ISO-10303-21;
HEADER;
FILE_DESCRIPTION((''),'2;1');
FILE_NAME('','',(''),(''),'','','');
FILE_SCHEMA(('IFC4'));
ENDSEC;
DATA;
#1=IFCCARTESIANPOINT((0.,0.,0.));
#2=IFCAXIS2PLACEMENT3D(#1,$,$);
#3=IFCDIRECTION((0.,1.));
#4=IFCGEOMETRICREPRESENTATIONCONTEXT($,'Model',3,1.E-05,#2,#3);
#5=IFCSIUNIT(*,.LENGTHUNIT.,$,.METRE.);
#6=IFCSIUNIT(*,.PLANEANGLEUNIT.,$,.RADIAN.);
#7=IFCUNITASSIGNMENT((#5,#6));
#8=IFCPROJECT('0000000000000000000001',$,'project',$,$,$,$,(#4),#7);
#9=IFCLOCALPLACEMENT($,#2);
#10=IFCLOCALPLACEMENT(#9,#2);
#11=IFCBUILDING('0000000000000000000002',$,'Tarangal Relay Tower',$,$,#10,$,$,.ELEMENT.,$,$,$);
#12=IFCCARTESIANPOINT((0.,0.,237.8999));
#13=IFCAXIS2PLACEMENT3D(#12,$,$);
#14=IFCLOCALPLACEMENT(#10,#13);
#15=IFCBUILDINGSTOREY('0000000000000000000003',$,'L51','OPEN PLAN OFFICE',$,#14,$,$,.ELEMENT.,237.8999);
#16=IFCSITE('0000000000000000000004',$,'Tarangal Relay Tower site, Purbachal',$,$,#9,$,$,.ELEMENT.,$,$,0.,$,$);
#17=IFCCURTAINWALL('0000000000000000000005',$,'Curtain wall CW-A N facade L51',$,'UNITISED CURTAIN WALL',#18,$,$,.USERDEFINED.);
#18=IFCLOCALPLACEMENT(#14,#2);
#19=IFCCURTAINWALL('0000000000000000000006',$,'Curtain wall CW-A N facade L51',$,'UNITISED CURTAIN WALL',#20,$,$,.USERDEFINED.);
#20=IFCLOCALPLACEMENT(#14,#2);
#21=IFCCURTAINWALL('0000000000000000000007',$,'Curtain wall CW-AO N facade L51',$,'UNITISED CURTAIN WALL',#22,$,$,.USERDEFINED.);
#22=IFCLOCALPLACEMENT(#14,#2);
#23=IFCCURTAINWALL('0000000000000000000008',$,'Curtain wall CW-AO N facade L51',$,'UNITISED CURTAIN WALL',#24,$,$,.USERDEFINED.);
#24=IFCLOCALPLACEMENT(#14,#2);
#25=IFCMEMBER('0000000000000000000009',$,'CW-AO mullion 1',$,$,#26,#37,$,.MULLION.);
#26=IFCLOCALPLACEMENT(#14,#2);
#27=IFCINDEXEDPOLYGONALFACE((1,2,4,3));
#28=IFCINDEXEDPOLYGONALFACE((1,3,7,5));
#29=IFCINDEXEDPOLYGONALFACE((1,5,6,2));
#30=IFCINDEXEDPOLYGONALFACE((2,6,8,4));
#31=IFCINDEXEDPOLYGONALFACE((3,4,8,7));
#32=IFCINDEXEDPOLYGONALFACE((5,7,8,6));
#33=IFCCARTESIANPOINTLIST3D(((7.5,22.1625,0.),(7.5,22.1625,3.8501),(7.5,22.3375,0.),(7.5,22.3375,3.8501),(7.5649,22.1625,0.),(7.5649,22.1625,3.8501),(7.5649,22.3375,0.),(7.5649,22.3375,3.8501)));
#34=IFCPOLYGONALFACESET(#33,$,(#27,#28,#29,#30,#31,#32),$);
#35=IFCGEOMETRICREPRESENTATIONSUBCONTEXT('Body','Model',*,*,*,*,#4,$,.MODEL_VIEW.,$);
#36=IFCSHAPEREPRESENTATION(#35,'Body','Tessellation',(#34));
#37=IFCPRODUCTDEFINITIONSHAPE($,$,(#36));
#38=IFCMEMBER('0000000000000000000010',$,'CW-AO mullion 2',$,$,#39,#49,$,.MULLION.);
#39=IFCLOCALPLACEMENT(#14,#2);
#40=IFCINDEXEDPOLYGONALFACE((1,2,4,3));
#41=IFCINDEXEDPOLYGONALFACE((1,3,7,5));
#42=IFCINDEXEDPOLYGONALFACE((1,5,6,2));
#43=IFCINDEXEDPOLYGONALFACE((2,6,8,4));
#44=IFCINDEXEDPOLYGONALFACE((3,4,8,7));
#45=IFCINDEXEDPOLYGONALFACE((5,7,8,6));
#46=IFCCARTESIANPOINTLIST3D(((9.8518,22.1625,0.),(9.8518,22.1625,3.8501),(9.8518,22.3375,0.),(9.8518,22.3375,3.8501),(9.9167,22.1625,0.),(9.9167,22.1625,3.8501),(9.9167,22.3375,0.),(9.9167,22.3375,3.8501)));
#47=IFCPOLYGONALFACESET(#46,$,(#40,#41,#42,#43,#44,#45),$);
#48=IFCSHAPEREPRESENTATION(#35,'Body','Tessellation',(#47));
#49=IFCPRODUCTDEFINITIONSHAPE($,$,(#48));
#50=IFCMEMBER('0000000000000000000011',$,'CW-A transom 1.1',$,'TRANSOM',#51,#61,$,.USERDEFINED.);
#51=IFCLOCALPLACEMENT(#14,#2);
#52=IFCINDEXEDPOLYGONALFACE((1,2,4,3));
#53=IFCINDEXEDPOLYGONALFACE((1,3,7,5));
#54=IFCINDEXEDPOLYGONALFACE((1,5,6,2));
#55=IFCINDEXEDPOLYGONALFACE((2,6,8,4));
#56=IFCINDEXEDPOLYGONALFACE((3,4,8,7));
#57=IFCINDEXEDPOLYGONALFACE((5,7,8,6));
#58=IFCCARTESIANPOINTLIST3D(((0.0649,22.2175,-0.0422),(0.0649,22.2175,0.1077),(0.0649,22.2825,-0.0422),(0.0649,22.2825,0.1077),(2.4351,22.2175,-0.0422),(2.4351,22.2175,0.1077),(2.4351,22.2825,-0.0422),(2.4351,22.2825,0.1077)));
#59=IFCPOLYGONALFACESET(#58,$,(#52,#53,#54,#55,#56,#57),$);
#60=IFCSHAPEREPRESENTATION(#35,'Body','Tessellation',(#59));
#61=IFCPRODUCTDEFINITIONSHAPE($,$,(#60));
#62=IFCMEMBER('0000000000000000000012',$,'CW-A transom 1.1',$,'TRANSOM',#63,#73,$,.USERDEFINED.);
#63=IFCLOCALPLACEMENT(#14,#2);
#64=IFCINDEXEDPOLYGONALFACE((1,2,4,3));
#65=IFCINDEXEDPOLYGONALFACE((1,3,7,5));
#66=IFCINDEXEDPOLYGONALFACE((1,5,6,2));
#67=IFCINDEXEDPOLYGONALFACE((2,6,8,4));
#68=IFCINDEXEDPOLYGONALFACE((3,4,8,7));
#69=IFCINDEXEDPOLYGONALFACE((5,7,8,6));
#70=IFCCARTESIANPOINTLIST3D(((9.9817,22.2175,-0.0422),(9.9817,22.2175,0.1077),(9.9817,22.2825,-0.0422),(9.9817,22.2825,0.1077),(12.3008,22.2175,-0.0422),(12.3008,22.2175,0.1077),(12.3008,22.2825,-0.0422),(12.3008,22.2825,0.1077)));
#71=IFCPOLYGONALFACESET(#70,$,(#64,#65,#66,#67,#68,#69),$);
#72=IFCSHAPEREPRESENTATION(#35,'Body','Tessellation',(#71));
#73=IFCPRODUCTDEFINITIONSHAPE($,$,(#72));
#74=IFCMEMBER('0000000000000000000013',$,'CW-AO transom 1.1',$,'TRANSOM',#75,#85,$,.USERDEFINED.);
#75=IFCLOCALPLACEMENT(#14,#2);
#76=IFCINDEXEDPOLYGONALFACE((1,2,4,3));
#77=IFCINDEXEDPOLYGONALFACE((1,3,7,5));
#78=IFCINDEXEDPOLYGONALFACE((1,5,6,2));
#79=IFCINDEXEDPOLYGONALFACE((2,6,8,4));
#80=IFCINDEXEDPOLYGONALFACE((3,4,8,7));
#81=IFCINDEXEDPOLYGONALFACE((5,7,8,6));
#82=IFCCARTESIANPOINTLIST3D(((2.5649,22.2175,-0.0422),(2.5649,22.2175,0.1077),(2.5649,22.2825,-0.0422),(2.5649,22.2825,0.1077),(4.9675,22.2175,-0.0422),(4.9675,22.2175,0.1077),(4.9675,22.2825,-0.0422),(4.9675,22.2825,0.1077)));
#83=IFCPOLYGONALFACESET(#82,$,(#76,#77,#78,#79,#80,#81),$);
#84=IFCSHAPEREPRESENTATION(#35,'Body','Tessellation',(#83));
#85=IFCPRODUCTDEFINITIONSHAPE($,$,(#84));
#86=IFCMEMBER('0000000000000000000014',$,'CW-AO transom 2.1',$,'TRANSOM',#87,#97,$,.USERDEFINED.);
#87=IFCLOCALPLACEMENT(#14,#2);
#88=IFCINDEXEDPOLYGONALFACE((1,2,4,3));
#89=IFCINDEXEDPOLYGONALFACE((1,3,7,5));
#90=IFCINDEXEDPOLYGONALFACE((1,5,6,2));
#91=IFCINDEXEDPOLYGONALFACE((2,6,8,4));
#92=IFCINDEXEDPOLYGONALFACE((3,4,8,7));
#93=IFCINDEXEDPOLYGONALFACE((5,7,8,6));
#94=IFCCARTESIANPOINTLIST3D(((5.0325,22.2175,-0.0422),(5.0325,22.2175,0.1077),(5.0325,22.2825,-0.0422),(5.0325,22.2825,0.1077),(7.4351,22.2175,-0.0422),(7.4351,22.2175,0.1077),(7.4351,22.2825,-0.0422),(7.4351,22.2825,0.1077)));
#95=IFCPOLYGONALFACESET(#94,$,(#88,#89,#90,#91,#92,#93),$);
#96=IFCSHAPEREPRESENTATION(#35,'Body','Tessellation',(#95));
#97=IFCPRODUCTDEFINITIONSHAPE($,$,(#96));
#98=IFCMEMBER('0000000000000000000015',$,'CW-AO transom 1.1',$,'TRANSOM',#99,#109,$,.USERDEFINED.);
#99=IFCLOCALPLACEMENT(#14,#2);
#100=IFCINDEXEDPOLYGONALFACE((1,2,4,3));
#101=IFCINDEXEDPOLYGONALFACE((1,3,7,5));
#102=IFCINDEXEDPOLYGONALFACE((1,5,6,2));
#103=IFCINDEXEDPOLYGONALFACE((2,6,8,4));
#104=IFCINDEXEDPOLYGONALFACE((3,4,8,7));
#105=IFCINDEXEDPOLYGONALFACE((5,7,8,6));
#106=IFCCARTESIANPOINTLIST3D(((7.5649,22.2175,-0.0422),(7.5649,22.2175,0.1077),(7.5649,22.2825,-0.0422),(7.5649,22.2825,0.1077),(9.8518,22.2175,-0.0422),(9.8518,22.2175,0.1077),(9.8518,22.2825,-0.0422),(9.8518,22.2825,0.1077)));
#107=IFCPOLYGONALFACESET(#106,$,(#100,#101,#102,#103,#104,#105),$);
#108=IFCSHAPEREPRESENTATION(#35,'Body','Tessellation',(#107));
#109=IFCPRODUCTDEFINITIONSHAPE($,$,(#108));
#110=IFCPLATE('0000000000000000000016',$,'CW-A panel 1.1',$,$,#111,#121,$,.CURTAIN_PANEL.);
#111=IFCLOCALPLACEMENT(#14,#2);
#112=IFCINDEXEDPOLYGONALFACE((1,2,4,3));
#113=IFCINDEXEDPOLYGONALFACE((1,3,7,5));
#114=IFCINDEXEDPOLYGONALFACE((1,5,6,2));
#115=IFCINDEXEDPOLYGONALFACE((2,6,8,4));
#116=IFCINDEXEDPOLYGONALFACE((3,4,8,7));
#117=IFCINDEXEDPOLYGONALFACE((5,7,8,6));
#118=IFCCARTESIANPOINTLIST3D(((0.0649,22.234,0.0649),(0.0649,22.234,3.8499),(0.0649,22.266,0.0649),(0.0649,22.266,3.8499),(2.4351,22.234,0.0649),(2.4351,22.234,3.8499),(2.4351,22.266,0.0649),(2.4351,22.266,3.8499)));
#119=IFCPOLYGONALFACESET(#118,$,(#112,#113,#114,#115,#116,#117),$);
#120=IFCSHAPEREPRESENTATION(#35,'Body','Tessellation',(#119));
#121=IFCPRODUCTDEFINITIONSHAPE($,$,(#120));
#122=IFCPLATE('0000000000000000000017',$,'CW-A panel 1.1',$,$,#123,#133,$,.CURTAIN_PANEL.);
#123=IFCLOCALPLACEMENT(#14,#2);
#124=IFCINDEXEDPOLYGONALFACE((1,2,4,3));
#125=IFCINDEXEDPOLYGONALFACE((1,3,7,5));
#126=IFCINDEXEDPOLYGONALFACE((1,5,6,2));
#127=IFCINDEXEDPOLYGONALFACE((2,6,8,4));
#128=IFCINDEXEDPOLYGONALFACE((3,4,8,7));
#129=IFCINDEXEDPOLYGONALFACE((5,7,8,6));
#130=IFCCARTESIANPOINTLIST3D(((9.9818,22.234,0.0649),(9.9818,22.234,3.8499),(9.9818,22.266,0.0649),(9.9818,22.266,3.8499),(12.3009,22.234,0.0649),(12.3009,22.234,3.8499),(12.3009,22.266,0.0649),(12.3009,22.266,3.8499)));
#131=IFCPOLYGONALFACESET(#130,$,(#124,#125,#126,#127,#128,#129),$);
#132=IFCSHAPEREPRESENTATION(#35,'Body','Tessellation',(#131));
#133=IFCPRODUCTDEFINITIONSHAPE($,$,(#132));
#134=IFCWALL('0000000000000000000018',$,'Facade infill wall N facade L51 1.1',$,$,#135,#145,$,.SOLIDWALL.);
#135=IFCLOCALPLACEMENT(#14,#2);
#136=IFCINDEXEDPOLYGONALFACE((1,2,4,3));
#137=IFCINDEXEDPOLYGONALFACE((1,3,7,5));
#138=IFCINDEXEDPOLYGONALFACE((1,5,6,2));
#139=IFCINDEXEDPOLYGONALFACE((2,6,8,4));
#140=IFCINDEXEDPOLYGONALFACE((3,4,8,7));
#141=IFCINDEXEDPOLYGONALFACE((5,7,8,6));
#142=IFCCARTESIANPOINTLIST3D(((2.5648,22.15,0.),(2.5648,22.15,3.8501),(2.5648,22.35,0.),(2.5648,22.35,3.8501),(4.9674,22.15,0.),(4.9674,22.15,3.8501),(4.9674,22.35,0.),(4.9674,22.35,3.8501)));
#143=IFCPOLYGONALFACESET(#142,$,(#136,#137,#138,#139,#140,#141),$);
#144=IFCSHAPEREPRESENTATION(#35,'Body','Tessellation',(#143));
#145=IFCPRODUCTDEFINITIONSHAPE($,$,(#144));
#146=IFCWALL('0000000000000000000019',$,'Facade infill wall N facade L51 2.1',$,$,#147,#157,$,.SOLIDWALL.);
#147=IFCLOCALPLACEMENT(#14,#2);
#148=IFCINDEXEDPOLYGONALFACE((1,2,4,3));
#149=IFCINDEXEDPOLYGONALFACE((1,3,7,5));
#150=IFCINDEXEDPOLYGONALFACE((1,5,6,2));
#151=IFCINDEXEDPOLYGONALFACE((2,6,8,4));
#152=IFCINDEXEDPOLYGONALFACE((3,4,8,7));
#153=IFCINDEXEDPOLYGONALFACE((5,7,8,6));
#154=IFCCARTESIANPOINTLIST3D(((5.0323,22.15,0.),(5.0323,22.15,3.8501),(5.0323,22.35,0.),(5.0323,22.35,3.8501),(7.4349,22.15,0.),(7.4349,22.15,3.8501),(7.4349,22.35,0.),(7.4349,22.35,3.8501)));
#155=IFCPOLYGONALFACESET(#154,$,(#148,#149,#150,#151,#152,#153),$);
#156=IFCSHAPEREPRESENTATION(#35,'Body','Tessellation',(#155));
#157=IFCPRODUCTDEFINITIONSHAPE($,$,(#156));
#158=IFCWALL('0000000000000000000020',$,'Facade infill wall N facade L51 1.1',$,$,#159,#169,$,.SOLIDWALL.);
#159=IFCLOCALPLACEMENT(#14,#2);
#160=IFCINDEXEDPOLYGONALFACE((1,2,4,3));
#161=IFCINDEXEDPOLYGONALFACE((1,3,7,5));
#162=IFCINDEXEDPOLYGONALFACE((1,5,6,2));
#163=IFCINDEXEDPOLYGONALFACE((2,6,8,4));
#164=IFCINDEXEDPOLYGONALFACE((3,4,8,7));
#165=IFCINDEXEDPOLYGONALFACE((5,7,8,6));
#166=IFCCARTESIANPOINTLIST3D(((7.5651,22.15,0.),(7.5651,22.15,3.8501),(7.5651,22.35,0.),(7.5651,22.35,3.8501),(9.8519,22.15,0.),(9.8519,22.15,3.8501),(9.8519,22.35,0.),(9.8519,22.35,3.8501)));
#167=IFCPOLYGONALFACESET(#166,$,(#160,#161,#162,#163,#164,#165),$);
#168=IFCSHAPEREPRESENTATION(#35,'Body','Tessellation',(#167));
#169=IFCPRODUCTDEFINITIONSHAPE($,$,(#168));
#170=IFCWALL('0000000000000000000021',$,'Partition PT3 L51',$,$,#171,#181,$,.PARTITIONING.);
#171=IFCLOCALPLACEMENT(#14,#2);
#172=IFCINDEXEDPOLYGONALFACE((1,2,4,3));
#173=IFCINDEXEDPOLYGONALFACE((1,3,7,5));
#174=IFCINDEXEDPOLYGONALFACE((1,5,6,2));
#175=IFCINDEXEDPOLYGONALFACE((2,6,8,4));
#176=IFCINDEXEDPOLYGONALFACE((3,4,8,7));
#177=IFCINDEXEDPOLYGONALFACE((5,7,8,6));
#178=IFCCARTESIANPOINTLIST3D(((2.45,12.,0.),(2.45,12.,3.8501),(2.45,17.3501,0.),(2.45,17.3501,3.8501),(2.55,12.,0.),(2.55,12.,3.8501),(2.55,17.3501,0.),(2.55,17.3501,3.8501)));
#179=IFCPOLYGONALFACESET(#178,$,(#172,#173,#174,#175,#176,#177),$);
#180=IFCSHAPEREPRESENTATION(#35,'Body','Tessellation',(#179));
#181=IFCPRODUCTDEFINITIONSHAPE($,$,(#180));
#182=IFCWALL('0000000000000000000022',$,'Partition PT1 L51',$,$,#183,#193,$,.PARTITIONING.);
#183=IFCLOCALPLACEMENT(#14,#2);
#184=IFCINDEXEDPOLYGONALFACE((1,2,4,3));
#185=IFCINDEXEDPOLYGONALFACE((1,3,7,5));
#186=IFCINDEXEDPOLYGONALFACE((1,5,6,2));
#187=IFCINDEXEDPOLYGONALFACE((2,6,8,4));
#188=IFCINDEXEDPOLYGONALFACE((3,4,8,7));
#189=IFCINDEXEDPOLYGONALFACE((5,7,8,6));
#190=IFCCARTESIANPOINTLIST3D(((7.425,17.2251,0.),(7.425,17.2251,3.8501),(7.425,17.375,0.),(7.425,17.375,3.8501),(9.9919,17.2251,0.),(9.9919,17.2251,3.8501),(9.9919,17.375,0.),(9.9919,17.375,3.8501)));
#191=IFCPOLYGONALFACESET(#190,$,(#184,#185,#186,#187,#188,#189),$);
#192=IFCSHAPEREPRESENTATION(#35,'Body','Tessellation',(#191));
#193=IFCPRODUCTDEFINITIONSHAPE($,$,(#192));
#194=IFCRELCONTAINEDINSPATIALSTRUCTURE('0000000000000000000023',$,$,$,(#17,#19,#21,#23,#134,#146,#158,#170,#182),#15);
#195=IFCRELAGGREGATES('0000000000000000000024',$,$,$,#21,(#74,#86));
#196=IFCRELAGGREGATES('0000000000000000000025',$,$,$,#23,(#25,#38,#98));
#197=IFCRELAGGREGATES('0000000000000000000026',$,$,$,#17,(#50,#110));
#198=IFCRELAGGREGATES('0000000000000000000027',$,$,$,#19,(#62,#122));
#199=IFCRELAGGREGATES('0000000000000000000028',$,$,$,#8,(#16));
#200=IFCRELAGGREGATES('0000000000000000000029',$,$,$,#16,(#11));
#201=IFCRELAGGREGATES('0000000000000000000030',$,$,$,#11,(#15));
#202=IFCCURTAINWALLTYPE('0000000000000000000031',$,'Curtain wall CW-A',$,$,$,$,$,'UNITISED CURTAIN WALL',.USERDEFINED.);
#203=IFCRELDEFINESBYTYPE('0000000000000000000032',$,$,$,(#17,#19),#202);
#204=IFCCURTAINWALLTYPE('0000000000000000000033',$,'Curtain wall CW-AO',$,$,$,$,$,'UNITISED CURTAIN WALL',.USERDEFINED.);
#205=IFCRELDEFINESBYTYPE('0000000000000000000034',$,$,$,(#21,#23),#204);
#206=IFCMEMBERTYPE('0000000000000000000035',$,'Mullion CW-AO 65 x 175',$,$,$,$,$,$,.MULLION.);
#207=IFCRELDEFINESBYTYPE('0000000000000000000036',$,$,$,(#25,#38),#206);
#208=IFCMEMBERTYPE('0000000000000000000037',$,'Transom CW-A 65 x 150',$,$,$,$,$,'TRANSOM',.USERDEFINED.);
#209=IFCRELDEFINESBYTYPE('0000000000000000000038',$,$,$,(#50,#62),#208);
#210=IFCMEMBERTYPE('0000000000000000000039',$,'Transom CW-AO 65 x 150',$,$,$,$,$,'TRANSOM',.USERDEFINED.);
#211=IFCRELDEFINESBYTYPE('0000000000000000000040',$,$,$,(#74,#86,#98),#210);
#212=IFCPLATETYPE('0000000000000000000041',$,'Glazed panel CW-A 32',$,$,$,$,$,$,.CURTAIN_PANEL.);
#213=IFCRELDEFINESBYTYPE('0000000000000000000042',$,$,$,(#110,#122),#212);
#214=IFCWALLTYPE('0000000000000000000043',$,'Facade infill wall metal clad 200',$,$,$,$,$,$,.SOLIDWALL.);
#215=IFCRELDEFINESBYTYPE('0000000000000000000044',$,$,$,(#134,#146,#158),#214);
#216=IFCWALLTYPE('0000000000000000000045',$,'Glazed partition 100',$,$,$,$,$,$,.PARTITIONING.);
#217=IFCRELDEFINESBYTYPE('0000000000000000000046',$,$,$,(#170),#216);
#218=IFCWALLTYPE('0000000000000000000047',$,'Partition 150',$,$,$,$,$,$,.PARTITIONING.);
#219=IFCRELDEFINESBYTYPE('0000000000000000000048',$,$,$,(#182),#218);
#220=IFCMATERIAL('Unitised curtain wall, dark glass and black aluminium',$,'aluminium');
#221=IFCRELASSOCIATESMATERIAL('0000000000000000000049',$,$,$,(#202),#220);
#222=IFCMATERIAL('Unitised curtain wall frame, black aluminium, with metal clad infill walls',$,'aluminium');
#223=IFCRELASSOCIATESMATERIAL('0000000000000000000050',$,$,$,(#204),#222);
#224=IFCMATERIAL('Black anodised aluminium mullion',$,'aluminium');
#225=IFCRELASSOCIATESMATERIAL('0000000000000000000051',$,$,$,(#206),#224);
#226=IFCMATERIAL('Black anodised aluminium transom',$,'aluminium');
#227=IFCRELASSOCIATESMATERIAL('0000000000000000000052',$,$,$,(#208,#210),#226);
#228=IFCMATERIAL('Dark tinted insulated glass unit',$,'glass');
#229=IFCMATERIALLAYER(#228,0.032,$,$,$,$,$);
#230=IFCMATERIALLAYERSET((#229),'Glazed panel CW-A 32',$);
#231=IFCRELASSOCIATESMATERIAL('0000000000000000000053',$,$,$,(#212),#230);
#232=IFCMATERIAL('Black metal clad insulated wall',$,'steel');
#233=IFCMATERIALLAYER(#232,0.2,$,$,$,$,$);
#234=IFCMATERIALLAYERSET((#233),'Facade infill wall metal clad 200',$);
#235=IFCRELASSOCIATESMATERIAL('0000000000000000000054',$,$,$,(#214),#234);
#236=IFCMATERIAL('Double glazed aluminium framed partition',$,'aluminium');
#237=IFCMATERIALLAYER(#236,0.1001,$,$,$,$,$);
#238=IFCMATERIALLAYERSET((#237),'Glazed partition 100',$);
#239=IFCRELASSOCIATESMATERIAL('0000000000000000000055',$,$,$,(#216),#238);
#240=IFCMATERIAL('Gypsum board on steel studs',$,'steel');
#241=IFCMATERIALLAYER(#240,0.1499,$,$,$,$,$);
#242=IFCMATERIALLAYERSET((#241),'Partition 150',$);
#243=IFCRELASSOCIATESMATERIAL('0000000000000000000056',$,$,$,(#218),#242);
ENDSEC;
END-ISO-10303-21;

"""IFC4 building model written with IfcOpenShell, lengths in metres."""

from ifc_helpers import new_model, si_unit, direction, frame, frame_2d, origin, origin_2d, place, context, subcontext, project, spatial, rectangle, extrude, material, layer, layer_set, material_profile, profile_set, type_object, element, aggregate, save


model = new_model("IFC4")

# Units and contexts
model_context = context("Model", 3, precision=1e-05, world=origin(), true_north=direction((0.0, 1.0)))
body_context = subcontext(model_context, "Body", "Model", "MODEL_VIEW")
ifc_project = project(units=[si_unit("LENGTHUNIT", "METRE"), si_unit("PLANEANGLEUNIT", "RADIAN")], contexts=[model_context])

# Site, building, storey
site_placement = place(None, origin())
site = spatial("IfcSite", under=ifc_project, at=site_placement, Name="Tarangal Relay Tower site, Purbachal", CompositionType="ELEMENT", RefElevation=0.0)
building_placement = place(site_placement, origin())
building = spatial("IfcBuilding", under=site, at=building_placement, Name="Tarangal Relay Tower", CompositionType="ELEMENT")
storey_placement = place(building_placement, frame((0.0, 0.0, 237.8999)))
storey = spatial("IfcBuildingStorey", under=building, at=storey_placement, Name="L51", Description="OPEN PLAN OFFICE", CompositionType="ELEMENT", Elevation=237.8999)

# Curtain wall
ifc_material_1 = material(Name="Unitised curtain wall, dark glass and black aluminium", Category="aluminium")
curtain_wall_type_1 = type_object("IfcCurtainWallType", Name="Curtain wall CW-A", ElementType="UNITISED CURTAIN WALL", PredefinedType="USERDEFINED", material=ifc_material_1)
curtain_wall_1_placement = place(storey_placement, origin())
curtain_wall_1 = element("IfcCurtainWall", 1, at=curtain_wall_1_placement, inside=storey, type_object=curtain_wall_type_1, Name="Curtain wall CW-A N facade L51", ObjectType="UNITISED CURTAIN WALL", PredefinedType="USERDEFINED")
ifc_material_2 = material(Name="Black anodised aluminium mullion", Category="aluminium")

# Curtain wall
curtain_wall_2_placement = place(storey_placement, origin())
curtain_wall_2 = element("IfcCurtainWall", 2, at=curtain_wall_2_placement, inside=storey, type_object=curtain_wall_type_1, Name="Curtain wall CW-A N facade L51", ObjectType="UNITISED CURTAIN WALL", PredefinedType="USERDEFINED")

# Curtain walls, members
ifc_material_3 = material(Name="Unitised curtain wall frame, black aluminium, with metal clad infill walls", Category="aluminium")
curtain_wall_type_2 = type_object("IfcCurtainWallType", Name="Curtain wall CW-AO", ElementType="UNITISED CURTAIN WALL", PredefinedType="USERDEFINED", material=ifc_material_3)
curtain_wall_3_placement = place(storey_placement, origin())
curtain_wall_3 = element("IfcCurtainWall", 3, at=curtain_wall_3_placement, inside=storey, type_object=curtain_wall_type_2, Name="Curtain wall CW-AO N facade L51", ObjectType="UNITISED CURTAIN WALL", PredefinedType="USERDEFINED")
ifc_material_profile_1 = material_profile(ifc_material_2, rectangle(XDim=0.175, YDim=0.0649, at=origin_2d()), Name="CW-AOM 65X175")
ifc_profile_set_1 = profile_set([ifc_material_profile_1], Name="Black anodised aluminium mullion")
member_type_1 = type_object("IfcMemberType", Name="Mullion CW-AO 65 x 175", PredefinedType="MULLION", material=ifc_profile_set_1)
curtain_wall_4_placement = place(storey_placement, origin())
curtain_wall_4 = element("IfcCurtainWall", 4, at=curtain_wall_4_placement, inside=storey, type_object=curtain_wall_type_2, Name="Curtain wall CW-AO N facade L51", ObjectType="UNITISED CURTAIN WALL", PredefinedType="USERDEFINED")
member_1_placement = place(storey_placement, frame((7.5325, 22.25, 0.0), z_axis=(0.0, 0.0, 1.0), x_axis=(0.0, 1.0, 0.0)))
member_1 = element("IfcMember", 5, at=member_1_placement, type_object=member_type_1, Name="CW-AO mullion 1", PredefinedType="MULLION", context=body_context, shape_type="SweptSolid", body=[
    extrude(rectangle(XDim=0.175, YDim=0.0649, at=origin_2d()), origin(), (0.0, 0.0, 1.0), 3.8501),
])
member_2_placement = place(storey_placement, frame((9.8843, 22.25, 0.0), z_axis=(0.0, 0.0, 1.0), x_axis=(0.0, 1.0, 0.0)))
member_2 = element("IfcMember", 6, at=member_2_placement, type_object=member_type_1, Name="CW-AO mullion 2", PredefinedType="MULLION", context=body_context, shape_type="SweptSolid", body=[
    extrude(rectangle(XDim=0.175, YDim=0.0649, at=origin_2d()), origin(), (0.0, 0.0, 1.0), 3.8501),
])

# Members
ifc_material_4 = material(Name="Black anodised aluminium transom", Category="aluminium")
ifc_material_profile_2 = material_profile(ifc_material_4, rectangle(XDim=0.0649, YDim=0.1499, at=origin_2d()), Name="CW-AT 65X150")
ifc_profile_set_2 = profile_set([ifc_material_profile_2], Name="Black anodised aluminium transom")
member_type_2 = type_object("IfcMemberType", Name="Transom CW-A 65 x 150", ElementType="TRANSOM", PredefinedType="USERDEFINED", material=ifc_profile_set_2)
member_3_placement = place(storey_placement, frame((0.0649, 22.25, 0.0327), z_axis=(1.0, 0.0, 0.0), x_axis=(0.0, 1.0, 0.0)))
member_3 = element("IfcMember", 7, at=member_3_placement, type_object=member_type_2, Name="CW-A transom 1.1", ObjectType="TRANSOM", PredefinedType="USERDEFINED", context=body_context, shape_type="SweptSolid", body=[
    extrude(rectangle(XDim=0.0649, YDim=0.1499, at=origin_2d()), origin(), (0.0, 0.0, 1.0), 2.3701),
])
member_4_placement = place(storey_placement, frame((9.9817, 22.25, 0.0327), z_axis=(1.0, 0.0, 0.0), x_axis=(0.0, 1.0, 0.0)))
member_4 = element("IfcMember", 8, at=member_4_placement, type_object=member_type_2, Name="CW-A transom 1.1", ObjectType="TRANSOM", PredefinedType="USERDEFINED", context=body_context, shape_type="SweptSolid", body=[
    extrude(rectangle(XDim=0.0649, YDim=0.1499, at=origin_2d()), origin(), (0.0, 0.0, 1.0), 2.3191),
])
ifc_material_profile_3 = material_profile(ifc_material_4, rectangle(XDim=0.0649, YDim=0.1499, at=origin_2d()), Name="CW-AOT 65X150")
ifc_profile_set_3 = profile_set([ifc_material_profile_3], Name="Black anodised aluminium transom")
member_type_3 = type_object("IfcMemberType", Name="Transom CW-AO 65 x 150", ElementType="TRANSOM", PredefinedType="USERDEFINED", material=ifc_profile_set_3)
member_5_placement = place(storey_placement, frame((2.5649, 22.25, 0.0327), z_axis=(1.0, 0.0, 0.0), x_axis=(0.0, 1.0, 0.0)))
member_5 = element("IfcMember", 9, at=member_5_placement, type_object=member_type_3, Name="CW-AO transom 1.1", ObjectType="TRANSOM", PredefinedType="USERDEFINED", context=body_context, shape_type="SweptSolid", body=[
    extrude(rectangle(XDim=0.0649, YDim=0.1499, at=origin_2d()), origin(), (0.0, 0.0, 1.0), 2.4026),
])
member_6_placement = place(storey_placement, frame((5.0325, 22.25, 0.0327), z_axis=(1.0, 0.0, 0.0), x_axis=(0.0, 1.0, 0.0)))
member_6 = element("IfcMember", 10, at=member_6_placement, type_object=member_type_3, Name="CW-AO transom 2.1", ObjectType="TRANSOM", PredefinedType="USERDEFINED", context=body_context, shape_type="SweptSolid", body=[
    extrude(rectangle(XDim=0.0649, YDim=0.1499, at=origin_2d()), origin(), (0.0, 0.0, 1.0), 2.4026),
])
aggregate(curtain_wall_3, [member_5, member_6])
member_7_placement = place(storey_placement, frame((7.5649, 22.25, 0.0327), z_axis=(1.0, 0.0, 0.0), x_axis=(0.0, 1.0, 0.0)))
member_7 = element("IfcMember", 11, at=member_7_placement, type_object=member_type_3, Name="CW-AO transom 1.1", ObjectType="TRANSOM", PredefinedType="USERDEFINED", context=body_context, shape_type="SweptSolid", body=[
    extrude(rectangle(XDim=0.0649, YDim=0.1499, at=origin_2d()), origin(), (0.0, 0.0, 1.0), 2.2869),
])
aggregate(curtain_wall_4, [member_1, member_2, member_7])

# Plates
ifc_material_5 = material(Name="Dark tinted insulated glass unit", Category="glass")
ifc_layer_1 = layer(ifc_material_5, 0.032)
ifc_layer_set_1 = layer_set([ifc_layer_1], Name="Glazed panel CW-A 32")
plate_type = type_object("IfcPlateType", Name="Glazed panel CW-A 32", PredefinedType="CURTAIN_PANEL", material=ifc_layer_set_1)
plate_1_placement = place(storey_placement, frame((1.25, 22.25, 0.0649), z_axis=(0.0, 0.0, 1.0), x_axis=(1.0, 0.0, 0.0)))
plate_1 = element("IfcPlate", 12, at=plate_1_placement, type_object=plate_type, Name="CW-A panel 1.1", PredefinedType="CURTAIN_PANEL", context=body_context, shape_type="SweptSolid", body=[
    extrude(rectangle(XDim=2.3701, YDim=0.032, at=origin_2d()), origin(), (0.0, 0.0, 1.0), 3.7849),
])
aggregate(curtain_wall_1, [member_3, plate_1])
plate_2_placement = place(storey_placement, frame((11.1414, 22.25, 0.0649), z_axis=(0.0, 0.0, 1.0), x_axis=(1.0, 0.0, 0.0)))
plate_2 = element("IfcPlate", 13, at=plate_2_placement, type_object=plate_type, Name="CW-A panel 1.1", PredefinedType="CURTAIN_PANEL", context=body_context, shape_type="SweptSolid", body=[
    extrude(rectangle(XDim=2.3191, YDim=0.032, at=origin_2d()), origin(), (0.0, 0.0, 1.0), 3.7849),
])
aggregate(curtain_wall_2, [member_4, plate_2])

# Walls
ifc_material_6 = material(Name="Black metal clad insulated wall", Category="steel")
ifc_layer_2 = layer(ifc_material_6, 0.2)
ifc_layer_set_2 = layer_set([ifc_layer_2], Name="Facade infill wall metal clad 200")
wall_type_1 = type_object("IfcWallType", Name="Facade infill wall metal clad 200", PredefinedType="SOLIDWALL", material=ifc_layer_set_2)
for number, where, z_axis, x_axis, name in (
    (14, (2.5649, 22.25, 0.0), (0.0, 0.0, 1.0), (1.0, 0.0, 0.0), "Facade infill wall N facade L51 1.1"),
    (15, (5.0325, 22.25, 0.0), (0.0, 0.0, 1.0), (1.0, 0.0, 0.0), "Facade infill wall N facade L51 2.1"),
):
    element("IfcWall", number, at=place(storey_placement, frame(where, z_axis=z_axis, x_axis=x_axis)), inside=storey, type_object=wall_type_1, Name=name, PredefinedType="SOLIDWALL", context=body_context, shape_type="SweptSolid", body=[
        extrude(rectangle(XDim=2.4026, YDim=0.2, at=frame_2d((1.2012, 0.0))), origin(), (0.0, 0.0, 1.0), 3.8501),
    ])
wall_1_placement = place(storey_placement, frame((7.5649, 22.25, 0.0), z_axis=(0.0, 0.0, 1.0), x_axis=(1.0, 0.0, 0.0)))
element("IfcWall", 16, at=wall_1_placement, inside=storey, type_object=wall_type_1, Name="Facade infill wall N facade L51 1.1", PredefinedType="SOLIDWALL", context=body_context, shape_type="SweptSolid", body=[
    extrude(rectangle(XDim=2.2869, YDim=0.2, at=frame_2d((1.1436, 0.0))), origin(), (0.0, 0.0, 1.0), 3.8501),
])
ifc_material_7 = material(Name="Double glazed aluminium framed partition", Category="aluminium")
ifc_layer_3 = layer(ifc_material_7, 0.1001)
ifc_layer_set_3 = layer_set([ifc_layer_3], Name="Glazed partition 100")
wall_type_2 = type_object("IfcWallType", Name="Glazed partition 100", PredefinedType="PARTITIONING", material=ifc_layer_set_3)
wall_2_placement = place(storey_placement, frame((2.5, 12.0, 0.0), z_axis=(0.0, 0.0, 1.0), x_axis=(0.0, 1.0, 0.0)))
element("IfcWall", 17, at=wall_2_placement, inside=storey, type_object=wall_type_2, Name="Partition PT3 L51", PredefinedType="PARTITIONING", context=body_context, shape_type="SweptSolid", body=[
    extrude(rectangle(XDim=5.3501, YDim=0.1001, at=frame_2d((2.675, 0.0))), origin(), (0.0, 0.0, 1.0), 3.8501),
])
ifc_material_8 = material(Name="Gypsum board on steel studs", Category="steel")
ifc_layer_4 = layer(ifc_material_8, 0.1499)
ifc_layer_set_4 = layer_set([ifc_layer_4], Name="Partition 150")
wall_type_3 = type_object("IfcWallType", Name="Partition 150", PredefinedType="PARTITIONING", material=ifc_layer_set_4)
wall_3_placement = place(storey_placement, frame((7.425, 17.3, 0.0), z_axis=(0.0, 0.0, 1.0), x_axis=(1.0, 0.0, 0.0)))
element("IfcWall", 18, at=wall_3_placement, inside=storey, type_object=wall_type_3, Name="Partition PT1 L51", PredefinedType="PARTITIONING", context=body_context, shape_type="SweptSolid", body=[
    extrude(rectangle(XDim=2.5669, YDim=0.1499, at=frame_2d((1.2834, 0.0))), origin(), (0.0, 0.0, 1.0), 3.8501),
])

save(model, "model.ifc")
